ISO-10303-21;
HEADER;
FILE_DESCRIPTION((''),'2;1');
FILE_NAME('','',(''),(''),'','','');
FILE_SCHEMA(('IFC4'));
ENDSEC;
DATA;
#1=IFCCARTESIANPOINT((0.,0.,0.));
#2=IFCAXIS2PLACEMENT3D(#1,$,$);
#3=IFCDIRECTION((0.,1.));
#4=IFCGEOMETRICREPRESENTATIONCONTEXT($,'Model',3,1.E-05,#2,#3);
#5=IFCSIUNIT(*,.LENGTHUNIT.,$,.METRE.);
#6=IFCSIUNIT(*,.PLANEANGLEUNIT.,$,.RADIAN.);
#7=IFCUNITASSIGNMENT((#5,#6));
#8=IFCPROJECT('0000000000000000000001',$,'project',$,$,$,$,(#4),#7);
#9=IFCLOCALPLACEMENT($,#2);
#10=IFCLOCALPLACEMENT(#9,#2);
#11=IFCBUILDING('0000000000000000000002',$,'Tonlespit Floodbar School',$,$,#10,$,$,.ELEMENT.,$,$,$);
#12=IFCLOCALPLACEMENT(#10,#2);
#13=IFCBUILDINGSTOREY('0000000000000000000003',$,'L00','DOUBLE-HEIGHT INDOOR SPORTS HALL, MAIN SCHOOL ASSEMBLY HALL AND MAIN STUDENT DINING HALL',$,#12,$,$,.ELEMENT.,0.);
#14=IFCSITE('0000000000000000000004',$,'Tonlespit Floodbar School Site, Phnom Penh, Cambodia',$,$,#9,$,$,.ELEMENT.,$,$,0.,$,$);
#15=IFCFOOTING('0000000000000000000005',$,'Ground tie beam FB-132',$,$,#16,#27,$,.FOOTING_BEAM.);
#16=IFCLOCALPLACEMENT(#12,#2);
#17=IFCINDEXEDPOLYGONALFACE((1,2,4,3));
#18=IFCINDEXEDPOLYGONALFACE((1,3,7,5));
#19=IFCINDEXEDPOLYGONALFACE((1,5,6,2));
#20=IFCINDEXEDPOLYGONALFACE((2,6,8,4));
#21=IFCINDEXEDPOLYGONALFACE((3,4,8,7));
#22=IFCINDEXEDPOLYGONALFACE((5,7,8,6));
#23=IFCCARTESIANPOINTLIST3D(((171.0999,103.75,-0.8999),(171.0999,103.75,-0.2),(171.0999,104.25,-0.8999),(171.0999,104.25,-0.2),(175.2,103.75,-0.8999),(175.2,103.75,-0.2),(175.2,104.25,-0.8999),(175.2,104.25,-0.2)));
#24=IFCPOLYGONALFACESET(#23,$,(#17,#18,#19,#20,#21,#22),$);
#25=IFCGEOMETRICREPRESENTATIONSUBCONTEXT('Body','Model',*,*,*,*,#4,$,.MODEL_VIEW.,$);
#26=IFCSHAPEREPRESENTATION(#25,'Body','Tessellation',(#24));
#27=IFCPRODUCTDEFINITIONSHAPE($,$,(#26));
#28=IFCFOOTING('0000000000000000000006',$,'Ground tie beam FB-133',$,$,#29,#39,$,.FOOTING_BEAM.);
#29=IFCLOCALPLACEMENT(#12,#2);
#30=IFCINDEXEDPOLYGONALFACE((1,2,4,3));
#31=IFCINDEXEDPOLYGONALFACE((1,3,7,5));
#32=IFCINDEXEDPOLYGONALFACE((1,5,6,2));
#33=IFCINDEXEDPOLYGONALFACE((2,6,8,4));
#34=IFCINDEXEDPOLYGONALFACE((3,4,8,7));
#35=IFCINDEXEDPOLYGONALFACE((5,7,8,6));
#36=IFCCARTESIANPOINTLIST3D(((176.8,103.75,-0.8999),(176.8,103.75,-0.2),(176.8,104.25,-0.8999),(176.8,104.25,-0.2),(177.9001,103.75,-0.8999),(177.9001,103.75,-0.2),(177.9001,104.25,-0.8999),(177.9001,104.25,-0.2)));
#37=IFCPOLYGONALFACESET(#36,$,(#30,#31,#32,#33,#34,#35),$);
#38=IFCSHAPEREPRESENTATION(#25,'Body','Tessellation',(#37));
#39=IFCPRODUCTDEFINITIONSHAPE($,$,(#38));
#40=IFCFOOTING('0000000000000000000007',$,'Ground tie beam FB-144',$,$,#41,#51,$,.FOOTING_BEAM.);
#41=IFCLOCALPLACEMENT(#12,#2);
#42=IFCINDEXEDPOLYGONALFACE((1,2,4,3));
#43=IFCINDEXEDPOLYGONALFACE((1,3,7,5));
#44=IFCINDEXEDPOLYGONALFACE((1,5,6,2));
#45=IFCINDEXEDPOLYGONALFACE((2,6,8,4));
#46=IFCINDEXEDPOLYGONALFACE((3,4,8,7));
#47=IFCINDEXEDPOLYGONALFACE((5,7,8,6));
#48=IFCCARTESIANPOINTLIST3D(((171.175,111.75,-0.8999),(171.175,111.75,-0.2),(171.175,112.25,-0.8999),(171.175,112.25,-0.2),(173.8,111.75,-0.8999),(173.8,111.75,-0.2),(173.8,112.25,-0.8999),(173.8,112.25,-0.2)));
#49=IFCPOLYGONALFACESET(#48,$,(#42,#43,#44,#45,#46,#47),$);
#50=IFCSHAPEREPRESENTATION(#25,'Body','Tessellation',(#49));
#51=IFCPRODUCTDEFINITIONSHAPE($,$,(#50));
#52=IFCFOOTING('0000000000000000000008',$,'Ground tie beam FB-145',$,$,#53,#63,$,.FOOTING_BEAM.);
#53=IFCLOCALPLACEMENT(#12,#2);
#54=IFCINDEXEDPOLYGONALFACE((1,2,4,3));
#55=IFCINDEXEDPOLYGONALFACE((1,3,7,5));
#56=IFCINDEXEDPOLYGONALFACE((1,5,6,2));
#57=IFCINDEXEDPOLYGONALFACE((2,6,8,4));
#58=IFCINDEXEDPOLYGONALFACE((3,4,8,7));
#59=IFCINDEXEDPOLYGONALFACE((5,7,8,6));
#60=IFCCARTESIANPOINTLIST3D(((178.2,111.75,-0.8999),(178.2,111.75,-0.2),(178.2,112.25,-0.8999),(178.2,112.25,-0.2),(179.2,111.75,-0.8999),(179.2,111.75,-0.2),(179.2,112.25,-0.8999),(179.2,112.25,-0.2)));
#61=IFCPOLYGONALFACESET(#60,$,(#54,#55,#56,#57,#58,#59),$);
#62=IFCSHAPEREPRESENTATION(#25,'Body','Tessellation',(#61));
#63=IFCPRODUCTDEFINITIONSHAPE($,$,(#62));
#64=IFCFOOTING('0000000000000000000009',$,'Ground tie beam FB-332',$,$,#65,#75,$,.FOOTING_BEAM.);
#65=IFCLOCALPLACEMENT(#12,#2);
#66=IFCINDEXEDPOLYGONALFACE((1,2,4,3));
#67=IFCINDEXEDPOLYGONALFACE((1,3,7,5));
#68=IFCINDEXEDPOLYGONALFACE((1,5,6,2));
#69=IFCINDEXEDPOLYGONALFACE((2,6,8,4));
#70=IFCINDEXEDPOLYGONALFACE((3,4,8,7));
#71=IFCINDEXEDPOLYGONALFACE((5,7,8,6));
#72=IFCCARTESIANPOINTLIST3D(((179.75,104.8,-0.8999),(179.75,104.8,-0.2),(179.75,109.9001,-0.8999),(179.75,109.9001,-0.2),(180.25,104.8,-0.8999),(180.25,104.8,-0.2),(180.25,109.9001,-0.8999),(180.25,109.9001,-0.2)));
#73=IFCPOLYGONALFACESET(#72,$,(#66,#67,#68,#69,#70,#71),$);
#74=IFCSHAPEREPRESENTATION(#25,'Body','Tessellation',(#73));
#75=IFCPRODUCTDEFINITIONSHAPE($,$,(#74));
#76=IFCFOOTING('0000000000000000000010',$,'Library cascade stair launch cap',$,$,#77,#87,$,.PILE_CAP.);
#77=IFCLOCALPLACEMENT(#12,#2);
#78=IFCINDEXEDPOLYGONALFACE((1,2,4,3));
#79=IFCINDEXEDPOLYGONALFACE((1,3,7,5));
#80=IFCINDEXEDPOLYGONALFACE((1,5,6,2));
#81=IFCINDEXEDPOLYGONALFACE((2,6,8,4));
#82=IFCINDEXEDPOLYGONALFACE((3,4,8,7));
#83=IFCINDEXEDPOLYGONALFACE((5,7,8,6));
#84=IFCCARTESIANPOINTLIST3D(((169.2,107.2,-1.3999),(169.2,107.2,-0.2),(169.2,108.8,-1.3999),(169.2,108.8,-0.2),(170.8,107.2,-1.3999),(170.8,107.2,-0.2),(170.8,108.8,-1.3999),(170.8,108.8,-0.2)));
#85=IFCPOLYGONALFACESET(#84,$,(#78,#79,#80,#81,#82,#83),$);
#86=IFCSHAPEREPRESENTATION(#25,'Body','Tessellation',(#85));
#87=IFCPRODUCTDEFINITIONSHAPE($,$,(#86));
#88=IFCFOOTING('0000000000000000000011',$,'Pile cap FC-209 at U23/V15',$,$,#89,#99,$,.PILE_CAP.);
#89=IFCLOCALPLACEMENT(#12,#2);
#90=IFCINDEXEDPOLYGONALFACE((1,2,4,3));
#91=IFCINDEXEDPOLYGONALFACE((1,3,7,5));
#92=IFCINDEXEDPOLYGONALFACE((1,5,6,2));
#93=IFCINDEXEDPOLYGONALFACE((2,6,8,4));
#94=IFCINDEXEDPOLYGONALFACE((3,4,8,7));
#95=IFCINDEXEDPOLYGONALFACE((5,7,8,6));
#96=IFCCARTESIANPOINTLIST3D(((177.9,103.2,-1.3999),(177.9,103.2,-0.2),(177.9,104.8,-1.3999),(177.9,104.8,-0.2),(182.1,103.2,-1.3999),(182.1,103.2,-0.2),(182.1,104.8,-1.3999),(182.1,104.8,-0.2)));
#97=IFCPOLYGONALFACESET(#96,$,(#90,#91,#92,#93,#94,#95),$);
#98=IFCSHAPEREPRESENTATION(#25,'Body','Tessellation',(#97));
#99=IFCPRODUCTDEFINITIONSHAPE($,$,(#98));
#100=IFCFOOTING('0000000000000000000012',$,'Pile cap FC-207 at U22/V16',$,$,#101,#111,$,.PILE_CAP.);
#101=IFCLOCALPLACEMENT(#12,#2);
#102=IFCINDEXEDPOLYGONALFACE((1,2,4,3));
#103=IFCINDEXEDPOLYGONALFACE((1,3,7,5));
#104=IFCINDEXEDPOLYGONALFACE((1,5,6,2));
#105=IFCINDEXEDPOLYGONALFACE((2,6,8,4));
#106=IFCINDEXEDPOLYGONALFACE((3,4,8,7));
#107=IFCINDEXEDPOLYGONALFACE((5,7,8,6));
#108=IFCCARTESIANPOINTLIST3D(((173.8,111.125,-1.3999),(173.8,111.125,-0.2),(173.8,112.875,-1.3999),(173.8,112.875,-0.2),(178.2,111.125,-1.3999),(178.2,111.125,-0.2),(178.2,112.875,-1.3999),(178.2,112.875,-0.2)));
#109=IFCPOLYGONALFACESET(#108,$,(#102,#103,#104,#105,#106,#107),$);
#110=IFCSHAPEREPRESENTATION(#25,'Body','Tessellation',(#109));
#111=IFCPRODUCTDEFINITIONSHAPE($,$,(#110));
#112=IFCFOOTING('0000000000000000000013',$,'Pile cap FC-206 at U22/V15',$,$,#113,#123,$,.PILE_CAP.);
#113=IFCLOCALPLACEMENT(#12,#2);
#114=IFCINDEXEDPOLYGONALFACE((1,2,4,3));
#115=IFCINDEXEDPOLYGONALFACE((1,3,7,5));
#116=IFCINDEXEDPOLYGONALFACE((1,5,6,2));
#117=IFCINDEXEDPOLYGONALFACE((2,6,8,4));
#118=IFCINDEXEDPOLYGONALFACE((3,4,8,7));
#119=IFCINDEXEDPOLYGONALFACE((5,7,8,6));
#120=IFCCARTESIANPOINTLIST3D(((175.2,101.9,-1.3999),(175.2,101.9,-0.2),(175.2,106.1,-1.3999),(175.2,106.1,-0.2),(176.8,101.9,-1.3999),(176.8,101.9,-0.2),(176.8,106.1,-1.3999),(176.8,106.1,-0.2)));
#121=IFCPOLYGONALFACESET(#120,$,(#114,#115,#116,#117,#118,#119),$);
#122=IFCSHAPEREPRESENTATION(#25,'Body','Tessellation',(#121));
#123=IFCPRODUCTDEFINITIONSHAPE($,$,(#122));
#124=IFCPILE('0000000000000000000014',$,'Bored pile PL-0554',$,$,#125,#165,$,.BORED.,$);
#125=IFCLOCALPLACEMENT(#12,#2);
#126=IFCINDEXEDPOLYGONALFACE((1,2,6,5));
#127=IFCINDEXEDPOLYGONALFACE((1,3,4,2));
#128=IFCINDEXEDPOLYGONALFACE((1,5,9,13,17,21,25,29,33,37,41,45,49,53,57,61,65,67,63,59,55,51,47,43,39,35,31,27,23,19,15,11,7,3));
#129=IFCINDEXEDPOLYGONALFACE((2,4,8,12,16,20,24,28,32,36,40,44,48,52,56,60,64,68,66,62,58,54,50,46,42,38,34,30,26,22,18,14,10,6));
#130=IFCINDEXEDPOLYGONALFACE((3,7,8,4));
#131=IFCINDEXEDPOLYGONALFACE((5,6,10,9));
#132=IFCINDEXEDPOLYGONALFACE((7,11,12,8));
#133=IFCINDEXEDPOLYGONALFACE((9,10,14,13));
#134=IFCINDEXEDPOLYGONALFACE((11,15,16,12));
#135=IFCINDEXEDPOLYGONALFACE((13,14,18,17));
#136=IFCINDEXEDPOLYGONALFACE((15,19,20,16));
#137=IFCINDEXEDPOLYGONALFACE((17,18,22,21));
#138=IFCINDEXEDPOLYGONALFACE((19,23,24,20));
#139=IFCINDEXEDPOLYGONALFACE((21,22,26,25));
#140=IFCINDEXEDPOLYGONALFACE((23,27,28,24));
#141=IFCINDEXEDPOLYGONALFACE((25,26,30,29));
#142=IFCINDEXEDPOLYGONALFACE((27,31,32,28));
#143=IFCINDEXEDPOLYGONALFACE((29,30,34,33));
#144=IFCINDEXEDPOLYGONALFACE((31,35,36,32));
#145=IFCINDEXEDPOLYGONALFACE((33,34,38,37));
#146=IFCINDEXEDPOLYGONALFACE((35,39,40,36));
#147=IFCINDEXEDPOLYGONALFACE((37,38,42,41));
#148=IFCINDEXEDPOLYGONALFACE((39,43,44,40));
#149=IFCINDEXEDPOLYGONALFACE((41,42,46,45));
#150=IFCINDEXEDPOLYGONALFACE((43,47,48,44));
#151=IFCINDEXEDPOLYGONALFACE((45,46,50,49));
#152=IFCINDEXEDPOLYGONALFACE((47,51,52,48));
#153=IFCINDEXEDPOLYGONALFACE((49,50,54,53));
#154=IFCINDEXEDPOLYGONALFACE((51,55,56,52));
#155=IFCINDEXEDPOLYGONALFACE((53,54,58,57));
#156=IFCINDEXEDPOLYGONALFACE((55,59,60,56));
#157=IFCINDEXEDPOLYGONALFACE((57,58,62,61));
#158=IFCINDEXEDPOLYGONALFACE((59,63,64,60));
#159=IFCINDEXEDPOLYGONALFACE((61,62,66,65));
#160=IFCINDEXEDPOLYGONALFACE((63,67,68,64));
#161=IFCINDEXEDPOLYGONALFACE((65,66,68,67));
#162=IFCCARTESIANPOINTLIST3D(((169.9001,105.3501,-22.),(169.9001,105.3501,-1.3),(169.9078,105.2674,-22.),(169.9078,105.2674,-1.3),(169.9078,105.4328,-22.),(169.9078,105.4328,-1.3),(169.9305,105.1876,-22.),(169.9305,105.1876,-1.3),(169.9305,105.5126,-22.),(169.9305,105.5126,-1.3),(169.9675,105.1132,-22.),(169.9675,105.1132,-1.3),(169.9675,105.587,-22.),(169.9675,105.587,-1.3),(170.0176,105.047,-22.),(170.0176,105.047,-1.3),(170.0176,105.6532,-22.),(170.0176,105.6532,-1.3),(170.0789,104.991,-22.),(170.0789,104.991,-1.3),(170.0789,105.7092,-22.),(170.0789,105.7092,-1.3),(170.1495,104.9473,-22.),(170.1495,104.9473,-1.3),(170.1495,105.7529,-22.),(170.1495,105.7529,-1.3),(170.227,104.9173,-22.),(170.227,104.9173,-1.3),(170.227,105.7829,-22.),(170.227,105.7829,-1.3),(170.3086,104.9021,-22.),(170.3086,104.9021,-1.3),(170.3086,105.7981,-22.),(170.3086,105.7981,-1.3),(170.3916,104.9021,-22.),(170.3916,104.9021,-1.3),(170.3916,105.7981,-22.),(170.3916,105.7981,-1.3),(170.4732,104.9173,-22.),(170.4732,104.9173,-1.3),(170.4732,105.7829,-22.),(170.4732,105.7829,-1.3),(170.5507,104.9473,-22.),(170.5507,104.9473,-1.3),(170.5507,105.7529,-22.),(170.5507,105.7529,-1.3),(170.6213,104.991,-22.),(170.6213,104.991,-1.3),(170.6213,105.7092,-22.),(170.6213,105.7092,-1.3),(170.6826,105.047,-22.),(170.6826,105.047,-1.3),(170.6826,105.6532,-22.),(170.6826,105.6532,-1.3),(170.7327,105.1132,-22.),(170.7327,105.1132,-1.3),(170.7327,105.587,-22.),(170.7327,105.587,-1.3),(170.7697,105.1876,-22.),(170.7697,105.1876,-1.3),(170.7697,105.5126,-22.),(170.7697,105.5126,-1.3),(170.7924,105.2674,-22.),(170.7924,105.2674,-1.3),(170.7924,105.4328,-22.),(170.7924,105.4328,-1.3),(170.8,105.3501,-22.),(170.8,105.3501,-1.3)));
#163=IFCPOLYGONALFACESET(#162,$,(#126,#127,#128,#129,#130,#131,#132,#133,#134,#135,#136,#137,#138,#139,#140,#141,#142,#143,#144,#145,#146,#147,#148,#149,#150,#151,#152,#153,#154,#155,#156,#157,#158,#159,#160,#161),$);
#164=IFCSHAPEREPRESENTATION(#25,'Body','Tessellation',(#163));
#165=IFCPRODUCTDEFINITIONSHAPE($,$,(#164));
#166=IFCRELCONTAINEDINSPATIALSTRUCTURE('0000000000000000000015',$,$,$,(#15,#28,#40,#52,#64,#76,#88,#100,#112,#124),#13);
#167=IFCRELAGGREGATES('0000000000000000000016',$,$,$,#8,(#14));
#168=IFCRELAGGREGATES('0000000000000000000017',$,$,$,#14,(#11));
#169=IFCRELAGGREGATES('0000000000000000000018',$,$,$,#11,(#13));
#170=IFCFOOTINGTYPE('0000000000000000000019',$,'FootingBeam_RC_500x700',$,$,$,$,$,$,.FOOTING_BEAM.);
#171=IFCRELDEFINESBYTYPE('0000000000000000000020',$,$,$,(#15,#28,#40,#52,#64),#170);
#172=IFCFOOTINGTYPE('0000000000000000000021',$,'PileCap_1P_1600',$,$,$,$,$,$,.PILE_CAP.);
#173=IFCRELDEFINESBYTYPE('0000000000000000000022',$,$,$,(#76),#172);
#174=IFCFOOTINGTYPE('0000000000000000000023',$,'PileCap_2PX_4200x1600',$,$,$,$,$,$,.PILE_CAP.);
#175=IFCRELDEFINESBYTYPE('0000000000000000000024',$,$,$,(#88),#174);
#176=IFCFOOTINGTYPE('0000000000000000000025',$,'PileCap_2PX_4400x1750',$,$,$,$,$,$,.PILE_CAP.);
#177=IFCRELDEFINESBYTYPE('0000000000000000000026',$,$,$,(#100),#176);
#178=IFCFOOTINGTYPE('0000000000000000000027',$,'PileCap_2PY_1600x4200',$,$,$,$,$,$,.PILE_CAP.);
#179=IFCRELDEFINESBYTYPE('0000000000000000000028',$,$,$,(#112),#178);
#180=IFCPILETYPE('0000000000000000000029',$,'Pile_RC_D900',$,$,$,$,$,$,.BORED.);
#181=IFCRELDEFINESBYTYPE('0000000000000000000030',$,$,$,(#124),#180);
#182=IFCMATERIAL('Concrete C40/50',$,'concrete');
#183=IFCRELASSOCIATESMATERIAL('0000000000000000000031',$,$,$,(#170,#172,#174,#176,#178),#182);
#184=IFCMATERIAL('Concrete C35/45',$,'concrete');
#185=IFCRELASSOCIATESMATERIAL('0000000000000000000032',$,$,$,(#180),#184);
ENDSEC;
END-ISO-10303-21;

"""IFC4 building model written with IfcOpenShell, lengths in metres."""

from ifc_helpers import new_model, si_unit, direction, frame, origin, origin_2d, place, context, subcontext, project, spatial, rectangle, circle, extrude, material, material_profile, profile_set, type_object, element, save


model = new_model("IFC4")

# Units and contexts
model_context = context("Model", 3, precision=1e-05, world=origin(), true_north=direction((0.0, 1.0)))
body_context = subcontext(model_context, "Body", "Model", "MODEL_VIEW")
ifc_project = project(units=[si_unit("LENGTHUNIT", "METRE"), si_unit("PLANEANGLEUNIT", "RADIAN")], contexts=[model_context])

# Site, building, storey
site_placement = place(None, origin())
site = spatial("IfcSite", under=ifc_project, at=site_placement, Name="Tonlespit Floodbar School Site, Phnom Penh, Cambodia", CompositionType="ELEMENT", RefElevation=0.0)
building_placement = place(site_placement, origin())
building = spatial("IfcBuilding", under=site, at=building_placement, Name="Tonlespit Floodbar School", CompositionType="ELEMENT")
storey_placement = place(building_placement, origin())
storey = spatial("IfcBuildingStorey", under=building, at=storey_placement, Name="L00", Description="DOUBLE-HEIGHT INDOOR SPORTS HALL, MAIN SCHOOL ASSEMBLY HALL AND MAIN STUDENT DINING HALL", CompositionType="ELEMENT", Elevation=0.0)

# Footings
ifc_material_1 = material(Name="Concrete C40/50", Category="concrete")
footing_type_1 = type_object("IfcFootingType", Name="FootingBeam_RC_500x700", PredefinedType="FOOTING_BEAM", material=ifc_material_1)
footing_1_placement = place(storey_placement, frame((173.1499, 104.0, -0.8999), z_axis=(0.0, 0.0, 1.0), x_axis=(1.0, 0.0, 0.0)))
element("IfcFooting", 1, at=footing_1_placement, inside=storey, type_object=footing_type_1, Name="Ground tie beam FB-132", PredefinedType="FOOTING_BEAM", context=body_context, shape_type="SweptSolid", body=[
    extrude(rectangle(XDim=4.1001, YDim=0.5, at=origin_2d()), origin(), (0.0, 0.0, 1.0), 0.7),
])
footing_2_placement = place(storey_placement, frame((177.3501, 104.0, -0.8999), z_axis=(0.0, 0.0, 1.0), x_axis=(1.0, 0.0, 0.0)))
element("IfcFooting", 2, at=footing_2_placement, inside=storey, type_object=footing_type_1, Name="Ground tie beam FB-133", PredefinedType="FOOTING_BEAM", context=body_context, shape_type="SweptSolid", body=[
    extrude(rectangle(XDim=1.1001, YDim=0.5, at=origin_2d()), origin(), (0.0, 0.0, 1.0), 0.7),
])
footing_3_placement = place(storey_placement, frame((172.4875, 112.0, -0.8999), z_axis=(0.0, 0.0, 1.0), x_axis=(1.0, 0.0, 0.0)))
element("IfcFooting", 3, at=footing_3_placement, inside=storey, type_object=footing_type_1, Name="Ground tie beam FB-144", PredefinedType="FOOTING_BEAM", context=body_context, shape_type="SweptSolid", body=[
    extrude(rectangle(XDim=2.625, YDim=0.5, at=origin_2d()), origin(), (0.0, 0.0, 1.0), 0.7),
])
footing_4_placement = place(storey_placement, frame((178.7, 112.0, -0.8999), z_axis=(0.0, 0.0, 1.0), x_axis=(1.0, 0.0, 0.0)))
element("IfcFooting", 4, at=footing_4_placement, inside=storey, type_object=footing_type_1, Name="Ground tie beam FB-145", PredefinedType="FOOTING_BEAM", context=body_context, shape_type="SweptSolid", body=[
    extrude(rectangle(XDim=1.0, YDim=0.5, at=origin_2d()), origin(), (0.0, 0.0, 1.0), 0.7),
])
footing_5_placement = place(storey_placement, frame((180.0, 107.3501, -0.8999), z_axis=(0.0, 0.0, 1.0), x_axis=(0.0, 1.0, 0.0)))
element("IfcFooting", 5, at=footing_5_placement, inside=storey, type_object=footing_type_1, Name="Ground tie beam FB-332", PredefinedType="FOOTING_BEAM", context=body_context, shape_type="SweptSolid", body=[
    extrude(rectangle(XDim=5.1001, YDim=0.5, at=origin_2d()), origin(), (0.0, 0.0, 1.0), 0.7),
])
footing_type_2 = type_object("IfcFootingType", Name="PileCap_1P_1600", PredefinedType="PILE_CAP", material=ifc_material_1)
footing_6_placement = place(storey_placement, frame((170.0, 108.0, -1.3999), z_axis=(0.0, 0.0, 1.0), x_axis=(1.0, 0.0, 0.0)))
element("IfcFooting", 6, at=footing_6_placement, inside=storey, type_object=footing_type_2, Name="Library cascade stair launch cap", PredefinedType="PILE_CAP", context=body_context, shape_type="SweptSolid", body=[
    extrude(rectangle(XDim=1.6001, YDim=1.6001, at=origin_2d()), origin(), (0.0, 0.0, 1.0), 1.2),
])
footing_type_3 = type_object("IfcFootingType", Name="PileCap_2PX_4200x1600", PredefinedType="PILE_CAP", material=ifc_material_1)
footing_7_placement = place(storey_placement, frame((180.0, 104.0, -1.3999), z_axis=(0.0, 0.0, 1.0), x_axis=(1.0, 0.0, 0.0)))
element("IfcFooting", 7, at=footing_7_placement, inside=storey, type_object=footing_type_3, Name="Pile cap FC-209 at U23/V15", PredefinedType="PILE_CAP", context=body_context, shape_type="SweptSolid", body=[
    extrude(rectangle(XDim=4.2, YDim=1.6001, at=origin_2d()), origin(), (0.0, 0.0, 1.0), 1.2),
])
footing_type_4 = type_object("IfcFootingType", Name="PileCap_2PX_4400x1750", PredefinedType="PILE_CAP", material=ifc_material_1)
footing_8_placement = place(storey_placement, frame((176.0, 112.0, -1.3999), z_axis=(0.0, 0.0, 1.0), x_axis=(1.0, 0.0, 0.0)))
element("IfcFooting", 8, at=footing_8_placement, inside=storey, type_object=footing_type_4, Name="Pile cap FC-207 at U22/V16", PredefinedType="PILE_CAP", context=body_context, shape_type="SweptSolid", body=[
    extrude(rectangle(XDim=4.3999, YDim=1.75, at=origin_2d()), origin(), (0.0, 0.0, 1.0), 1.2),
])
footing_type_5 = type_object("IfcFootingType", Name="PileCap_2PY_1600x4200", PredefinedType="PILE_CAP", material=ifc_material_1)
footing_9_placement = place(storey_placement, frame((176.0, 104.0, -1.3999), z_axis=(0.0, 0.0, 1.0), x_axis=(1.0, 0.0, 0.0)))
element("IfcFooting", 9, at=footing_9_placement, inside=storey, type_object=footing_type_5, Name="Pile cap FC-206 at U22/V15", PredefinedType="PILE_CAP", context=body_context, shape_type="SweptSolid", body=[
    extrude(rectangle(XDim=1.6001, YDim=4.2, at=origin_2d()), origin(), (0.0, 0.0, 1.0), 1.2),
])

# Pile
ifc_material_2 = material(Name="Concrete C35/45", Category="concrete")
ifc_material_profile_1 = material_profile(ifc_material_2, circle(Radius=0.45, at=origin_2d()), Name="BP D900")
ifc_profile_set_1 = profile_set([ifc_material_profile_1], Name="Concrete C35/45")
pile_type = type_object("IfcPileType", Name="Pile_RC_D900", PredefinedType="BORED", material=ifc_profile_set_1)
for number, where, z_axis, x_axis, name in (
    (10, (170.3501, 105.3501, -1.3), (0.0, 0.0, -1.0), (1.0, 0.0, 0.0), "Bored pile PL-0554"),
):
    element("IfcPile", number, at=place(storey_placement, frame(where, z_axis=z_axis, x_axis=x_axis)), inside=storey, type_object=pile_type, Name=name, PredefinedType="BORED", context=body_context, shape_type="SweptSolid", body=[
        extrude(circle(Radius=0.45, at=origin_2d()), origin(), (0.0, 0.0, 1.0), 20.7),
    ])

save(model, "model.ifc")
